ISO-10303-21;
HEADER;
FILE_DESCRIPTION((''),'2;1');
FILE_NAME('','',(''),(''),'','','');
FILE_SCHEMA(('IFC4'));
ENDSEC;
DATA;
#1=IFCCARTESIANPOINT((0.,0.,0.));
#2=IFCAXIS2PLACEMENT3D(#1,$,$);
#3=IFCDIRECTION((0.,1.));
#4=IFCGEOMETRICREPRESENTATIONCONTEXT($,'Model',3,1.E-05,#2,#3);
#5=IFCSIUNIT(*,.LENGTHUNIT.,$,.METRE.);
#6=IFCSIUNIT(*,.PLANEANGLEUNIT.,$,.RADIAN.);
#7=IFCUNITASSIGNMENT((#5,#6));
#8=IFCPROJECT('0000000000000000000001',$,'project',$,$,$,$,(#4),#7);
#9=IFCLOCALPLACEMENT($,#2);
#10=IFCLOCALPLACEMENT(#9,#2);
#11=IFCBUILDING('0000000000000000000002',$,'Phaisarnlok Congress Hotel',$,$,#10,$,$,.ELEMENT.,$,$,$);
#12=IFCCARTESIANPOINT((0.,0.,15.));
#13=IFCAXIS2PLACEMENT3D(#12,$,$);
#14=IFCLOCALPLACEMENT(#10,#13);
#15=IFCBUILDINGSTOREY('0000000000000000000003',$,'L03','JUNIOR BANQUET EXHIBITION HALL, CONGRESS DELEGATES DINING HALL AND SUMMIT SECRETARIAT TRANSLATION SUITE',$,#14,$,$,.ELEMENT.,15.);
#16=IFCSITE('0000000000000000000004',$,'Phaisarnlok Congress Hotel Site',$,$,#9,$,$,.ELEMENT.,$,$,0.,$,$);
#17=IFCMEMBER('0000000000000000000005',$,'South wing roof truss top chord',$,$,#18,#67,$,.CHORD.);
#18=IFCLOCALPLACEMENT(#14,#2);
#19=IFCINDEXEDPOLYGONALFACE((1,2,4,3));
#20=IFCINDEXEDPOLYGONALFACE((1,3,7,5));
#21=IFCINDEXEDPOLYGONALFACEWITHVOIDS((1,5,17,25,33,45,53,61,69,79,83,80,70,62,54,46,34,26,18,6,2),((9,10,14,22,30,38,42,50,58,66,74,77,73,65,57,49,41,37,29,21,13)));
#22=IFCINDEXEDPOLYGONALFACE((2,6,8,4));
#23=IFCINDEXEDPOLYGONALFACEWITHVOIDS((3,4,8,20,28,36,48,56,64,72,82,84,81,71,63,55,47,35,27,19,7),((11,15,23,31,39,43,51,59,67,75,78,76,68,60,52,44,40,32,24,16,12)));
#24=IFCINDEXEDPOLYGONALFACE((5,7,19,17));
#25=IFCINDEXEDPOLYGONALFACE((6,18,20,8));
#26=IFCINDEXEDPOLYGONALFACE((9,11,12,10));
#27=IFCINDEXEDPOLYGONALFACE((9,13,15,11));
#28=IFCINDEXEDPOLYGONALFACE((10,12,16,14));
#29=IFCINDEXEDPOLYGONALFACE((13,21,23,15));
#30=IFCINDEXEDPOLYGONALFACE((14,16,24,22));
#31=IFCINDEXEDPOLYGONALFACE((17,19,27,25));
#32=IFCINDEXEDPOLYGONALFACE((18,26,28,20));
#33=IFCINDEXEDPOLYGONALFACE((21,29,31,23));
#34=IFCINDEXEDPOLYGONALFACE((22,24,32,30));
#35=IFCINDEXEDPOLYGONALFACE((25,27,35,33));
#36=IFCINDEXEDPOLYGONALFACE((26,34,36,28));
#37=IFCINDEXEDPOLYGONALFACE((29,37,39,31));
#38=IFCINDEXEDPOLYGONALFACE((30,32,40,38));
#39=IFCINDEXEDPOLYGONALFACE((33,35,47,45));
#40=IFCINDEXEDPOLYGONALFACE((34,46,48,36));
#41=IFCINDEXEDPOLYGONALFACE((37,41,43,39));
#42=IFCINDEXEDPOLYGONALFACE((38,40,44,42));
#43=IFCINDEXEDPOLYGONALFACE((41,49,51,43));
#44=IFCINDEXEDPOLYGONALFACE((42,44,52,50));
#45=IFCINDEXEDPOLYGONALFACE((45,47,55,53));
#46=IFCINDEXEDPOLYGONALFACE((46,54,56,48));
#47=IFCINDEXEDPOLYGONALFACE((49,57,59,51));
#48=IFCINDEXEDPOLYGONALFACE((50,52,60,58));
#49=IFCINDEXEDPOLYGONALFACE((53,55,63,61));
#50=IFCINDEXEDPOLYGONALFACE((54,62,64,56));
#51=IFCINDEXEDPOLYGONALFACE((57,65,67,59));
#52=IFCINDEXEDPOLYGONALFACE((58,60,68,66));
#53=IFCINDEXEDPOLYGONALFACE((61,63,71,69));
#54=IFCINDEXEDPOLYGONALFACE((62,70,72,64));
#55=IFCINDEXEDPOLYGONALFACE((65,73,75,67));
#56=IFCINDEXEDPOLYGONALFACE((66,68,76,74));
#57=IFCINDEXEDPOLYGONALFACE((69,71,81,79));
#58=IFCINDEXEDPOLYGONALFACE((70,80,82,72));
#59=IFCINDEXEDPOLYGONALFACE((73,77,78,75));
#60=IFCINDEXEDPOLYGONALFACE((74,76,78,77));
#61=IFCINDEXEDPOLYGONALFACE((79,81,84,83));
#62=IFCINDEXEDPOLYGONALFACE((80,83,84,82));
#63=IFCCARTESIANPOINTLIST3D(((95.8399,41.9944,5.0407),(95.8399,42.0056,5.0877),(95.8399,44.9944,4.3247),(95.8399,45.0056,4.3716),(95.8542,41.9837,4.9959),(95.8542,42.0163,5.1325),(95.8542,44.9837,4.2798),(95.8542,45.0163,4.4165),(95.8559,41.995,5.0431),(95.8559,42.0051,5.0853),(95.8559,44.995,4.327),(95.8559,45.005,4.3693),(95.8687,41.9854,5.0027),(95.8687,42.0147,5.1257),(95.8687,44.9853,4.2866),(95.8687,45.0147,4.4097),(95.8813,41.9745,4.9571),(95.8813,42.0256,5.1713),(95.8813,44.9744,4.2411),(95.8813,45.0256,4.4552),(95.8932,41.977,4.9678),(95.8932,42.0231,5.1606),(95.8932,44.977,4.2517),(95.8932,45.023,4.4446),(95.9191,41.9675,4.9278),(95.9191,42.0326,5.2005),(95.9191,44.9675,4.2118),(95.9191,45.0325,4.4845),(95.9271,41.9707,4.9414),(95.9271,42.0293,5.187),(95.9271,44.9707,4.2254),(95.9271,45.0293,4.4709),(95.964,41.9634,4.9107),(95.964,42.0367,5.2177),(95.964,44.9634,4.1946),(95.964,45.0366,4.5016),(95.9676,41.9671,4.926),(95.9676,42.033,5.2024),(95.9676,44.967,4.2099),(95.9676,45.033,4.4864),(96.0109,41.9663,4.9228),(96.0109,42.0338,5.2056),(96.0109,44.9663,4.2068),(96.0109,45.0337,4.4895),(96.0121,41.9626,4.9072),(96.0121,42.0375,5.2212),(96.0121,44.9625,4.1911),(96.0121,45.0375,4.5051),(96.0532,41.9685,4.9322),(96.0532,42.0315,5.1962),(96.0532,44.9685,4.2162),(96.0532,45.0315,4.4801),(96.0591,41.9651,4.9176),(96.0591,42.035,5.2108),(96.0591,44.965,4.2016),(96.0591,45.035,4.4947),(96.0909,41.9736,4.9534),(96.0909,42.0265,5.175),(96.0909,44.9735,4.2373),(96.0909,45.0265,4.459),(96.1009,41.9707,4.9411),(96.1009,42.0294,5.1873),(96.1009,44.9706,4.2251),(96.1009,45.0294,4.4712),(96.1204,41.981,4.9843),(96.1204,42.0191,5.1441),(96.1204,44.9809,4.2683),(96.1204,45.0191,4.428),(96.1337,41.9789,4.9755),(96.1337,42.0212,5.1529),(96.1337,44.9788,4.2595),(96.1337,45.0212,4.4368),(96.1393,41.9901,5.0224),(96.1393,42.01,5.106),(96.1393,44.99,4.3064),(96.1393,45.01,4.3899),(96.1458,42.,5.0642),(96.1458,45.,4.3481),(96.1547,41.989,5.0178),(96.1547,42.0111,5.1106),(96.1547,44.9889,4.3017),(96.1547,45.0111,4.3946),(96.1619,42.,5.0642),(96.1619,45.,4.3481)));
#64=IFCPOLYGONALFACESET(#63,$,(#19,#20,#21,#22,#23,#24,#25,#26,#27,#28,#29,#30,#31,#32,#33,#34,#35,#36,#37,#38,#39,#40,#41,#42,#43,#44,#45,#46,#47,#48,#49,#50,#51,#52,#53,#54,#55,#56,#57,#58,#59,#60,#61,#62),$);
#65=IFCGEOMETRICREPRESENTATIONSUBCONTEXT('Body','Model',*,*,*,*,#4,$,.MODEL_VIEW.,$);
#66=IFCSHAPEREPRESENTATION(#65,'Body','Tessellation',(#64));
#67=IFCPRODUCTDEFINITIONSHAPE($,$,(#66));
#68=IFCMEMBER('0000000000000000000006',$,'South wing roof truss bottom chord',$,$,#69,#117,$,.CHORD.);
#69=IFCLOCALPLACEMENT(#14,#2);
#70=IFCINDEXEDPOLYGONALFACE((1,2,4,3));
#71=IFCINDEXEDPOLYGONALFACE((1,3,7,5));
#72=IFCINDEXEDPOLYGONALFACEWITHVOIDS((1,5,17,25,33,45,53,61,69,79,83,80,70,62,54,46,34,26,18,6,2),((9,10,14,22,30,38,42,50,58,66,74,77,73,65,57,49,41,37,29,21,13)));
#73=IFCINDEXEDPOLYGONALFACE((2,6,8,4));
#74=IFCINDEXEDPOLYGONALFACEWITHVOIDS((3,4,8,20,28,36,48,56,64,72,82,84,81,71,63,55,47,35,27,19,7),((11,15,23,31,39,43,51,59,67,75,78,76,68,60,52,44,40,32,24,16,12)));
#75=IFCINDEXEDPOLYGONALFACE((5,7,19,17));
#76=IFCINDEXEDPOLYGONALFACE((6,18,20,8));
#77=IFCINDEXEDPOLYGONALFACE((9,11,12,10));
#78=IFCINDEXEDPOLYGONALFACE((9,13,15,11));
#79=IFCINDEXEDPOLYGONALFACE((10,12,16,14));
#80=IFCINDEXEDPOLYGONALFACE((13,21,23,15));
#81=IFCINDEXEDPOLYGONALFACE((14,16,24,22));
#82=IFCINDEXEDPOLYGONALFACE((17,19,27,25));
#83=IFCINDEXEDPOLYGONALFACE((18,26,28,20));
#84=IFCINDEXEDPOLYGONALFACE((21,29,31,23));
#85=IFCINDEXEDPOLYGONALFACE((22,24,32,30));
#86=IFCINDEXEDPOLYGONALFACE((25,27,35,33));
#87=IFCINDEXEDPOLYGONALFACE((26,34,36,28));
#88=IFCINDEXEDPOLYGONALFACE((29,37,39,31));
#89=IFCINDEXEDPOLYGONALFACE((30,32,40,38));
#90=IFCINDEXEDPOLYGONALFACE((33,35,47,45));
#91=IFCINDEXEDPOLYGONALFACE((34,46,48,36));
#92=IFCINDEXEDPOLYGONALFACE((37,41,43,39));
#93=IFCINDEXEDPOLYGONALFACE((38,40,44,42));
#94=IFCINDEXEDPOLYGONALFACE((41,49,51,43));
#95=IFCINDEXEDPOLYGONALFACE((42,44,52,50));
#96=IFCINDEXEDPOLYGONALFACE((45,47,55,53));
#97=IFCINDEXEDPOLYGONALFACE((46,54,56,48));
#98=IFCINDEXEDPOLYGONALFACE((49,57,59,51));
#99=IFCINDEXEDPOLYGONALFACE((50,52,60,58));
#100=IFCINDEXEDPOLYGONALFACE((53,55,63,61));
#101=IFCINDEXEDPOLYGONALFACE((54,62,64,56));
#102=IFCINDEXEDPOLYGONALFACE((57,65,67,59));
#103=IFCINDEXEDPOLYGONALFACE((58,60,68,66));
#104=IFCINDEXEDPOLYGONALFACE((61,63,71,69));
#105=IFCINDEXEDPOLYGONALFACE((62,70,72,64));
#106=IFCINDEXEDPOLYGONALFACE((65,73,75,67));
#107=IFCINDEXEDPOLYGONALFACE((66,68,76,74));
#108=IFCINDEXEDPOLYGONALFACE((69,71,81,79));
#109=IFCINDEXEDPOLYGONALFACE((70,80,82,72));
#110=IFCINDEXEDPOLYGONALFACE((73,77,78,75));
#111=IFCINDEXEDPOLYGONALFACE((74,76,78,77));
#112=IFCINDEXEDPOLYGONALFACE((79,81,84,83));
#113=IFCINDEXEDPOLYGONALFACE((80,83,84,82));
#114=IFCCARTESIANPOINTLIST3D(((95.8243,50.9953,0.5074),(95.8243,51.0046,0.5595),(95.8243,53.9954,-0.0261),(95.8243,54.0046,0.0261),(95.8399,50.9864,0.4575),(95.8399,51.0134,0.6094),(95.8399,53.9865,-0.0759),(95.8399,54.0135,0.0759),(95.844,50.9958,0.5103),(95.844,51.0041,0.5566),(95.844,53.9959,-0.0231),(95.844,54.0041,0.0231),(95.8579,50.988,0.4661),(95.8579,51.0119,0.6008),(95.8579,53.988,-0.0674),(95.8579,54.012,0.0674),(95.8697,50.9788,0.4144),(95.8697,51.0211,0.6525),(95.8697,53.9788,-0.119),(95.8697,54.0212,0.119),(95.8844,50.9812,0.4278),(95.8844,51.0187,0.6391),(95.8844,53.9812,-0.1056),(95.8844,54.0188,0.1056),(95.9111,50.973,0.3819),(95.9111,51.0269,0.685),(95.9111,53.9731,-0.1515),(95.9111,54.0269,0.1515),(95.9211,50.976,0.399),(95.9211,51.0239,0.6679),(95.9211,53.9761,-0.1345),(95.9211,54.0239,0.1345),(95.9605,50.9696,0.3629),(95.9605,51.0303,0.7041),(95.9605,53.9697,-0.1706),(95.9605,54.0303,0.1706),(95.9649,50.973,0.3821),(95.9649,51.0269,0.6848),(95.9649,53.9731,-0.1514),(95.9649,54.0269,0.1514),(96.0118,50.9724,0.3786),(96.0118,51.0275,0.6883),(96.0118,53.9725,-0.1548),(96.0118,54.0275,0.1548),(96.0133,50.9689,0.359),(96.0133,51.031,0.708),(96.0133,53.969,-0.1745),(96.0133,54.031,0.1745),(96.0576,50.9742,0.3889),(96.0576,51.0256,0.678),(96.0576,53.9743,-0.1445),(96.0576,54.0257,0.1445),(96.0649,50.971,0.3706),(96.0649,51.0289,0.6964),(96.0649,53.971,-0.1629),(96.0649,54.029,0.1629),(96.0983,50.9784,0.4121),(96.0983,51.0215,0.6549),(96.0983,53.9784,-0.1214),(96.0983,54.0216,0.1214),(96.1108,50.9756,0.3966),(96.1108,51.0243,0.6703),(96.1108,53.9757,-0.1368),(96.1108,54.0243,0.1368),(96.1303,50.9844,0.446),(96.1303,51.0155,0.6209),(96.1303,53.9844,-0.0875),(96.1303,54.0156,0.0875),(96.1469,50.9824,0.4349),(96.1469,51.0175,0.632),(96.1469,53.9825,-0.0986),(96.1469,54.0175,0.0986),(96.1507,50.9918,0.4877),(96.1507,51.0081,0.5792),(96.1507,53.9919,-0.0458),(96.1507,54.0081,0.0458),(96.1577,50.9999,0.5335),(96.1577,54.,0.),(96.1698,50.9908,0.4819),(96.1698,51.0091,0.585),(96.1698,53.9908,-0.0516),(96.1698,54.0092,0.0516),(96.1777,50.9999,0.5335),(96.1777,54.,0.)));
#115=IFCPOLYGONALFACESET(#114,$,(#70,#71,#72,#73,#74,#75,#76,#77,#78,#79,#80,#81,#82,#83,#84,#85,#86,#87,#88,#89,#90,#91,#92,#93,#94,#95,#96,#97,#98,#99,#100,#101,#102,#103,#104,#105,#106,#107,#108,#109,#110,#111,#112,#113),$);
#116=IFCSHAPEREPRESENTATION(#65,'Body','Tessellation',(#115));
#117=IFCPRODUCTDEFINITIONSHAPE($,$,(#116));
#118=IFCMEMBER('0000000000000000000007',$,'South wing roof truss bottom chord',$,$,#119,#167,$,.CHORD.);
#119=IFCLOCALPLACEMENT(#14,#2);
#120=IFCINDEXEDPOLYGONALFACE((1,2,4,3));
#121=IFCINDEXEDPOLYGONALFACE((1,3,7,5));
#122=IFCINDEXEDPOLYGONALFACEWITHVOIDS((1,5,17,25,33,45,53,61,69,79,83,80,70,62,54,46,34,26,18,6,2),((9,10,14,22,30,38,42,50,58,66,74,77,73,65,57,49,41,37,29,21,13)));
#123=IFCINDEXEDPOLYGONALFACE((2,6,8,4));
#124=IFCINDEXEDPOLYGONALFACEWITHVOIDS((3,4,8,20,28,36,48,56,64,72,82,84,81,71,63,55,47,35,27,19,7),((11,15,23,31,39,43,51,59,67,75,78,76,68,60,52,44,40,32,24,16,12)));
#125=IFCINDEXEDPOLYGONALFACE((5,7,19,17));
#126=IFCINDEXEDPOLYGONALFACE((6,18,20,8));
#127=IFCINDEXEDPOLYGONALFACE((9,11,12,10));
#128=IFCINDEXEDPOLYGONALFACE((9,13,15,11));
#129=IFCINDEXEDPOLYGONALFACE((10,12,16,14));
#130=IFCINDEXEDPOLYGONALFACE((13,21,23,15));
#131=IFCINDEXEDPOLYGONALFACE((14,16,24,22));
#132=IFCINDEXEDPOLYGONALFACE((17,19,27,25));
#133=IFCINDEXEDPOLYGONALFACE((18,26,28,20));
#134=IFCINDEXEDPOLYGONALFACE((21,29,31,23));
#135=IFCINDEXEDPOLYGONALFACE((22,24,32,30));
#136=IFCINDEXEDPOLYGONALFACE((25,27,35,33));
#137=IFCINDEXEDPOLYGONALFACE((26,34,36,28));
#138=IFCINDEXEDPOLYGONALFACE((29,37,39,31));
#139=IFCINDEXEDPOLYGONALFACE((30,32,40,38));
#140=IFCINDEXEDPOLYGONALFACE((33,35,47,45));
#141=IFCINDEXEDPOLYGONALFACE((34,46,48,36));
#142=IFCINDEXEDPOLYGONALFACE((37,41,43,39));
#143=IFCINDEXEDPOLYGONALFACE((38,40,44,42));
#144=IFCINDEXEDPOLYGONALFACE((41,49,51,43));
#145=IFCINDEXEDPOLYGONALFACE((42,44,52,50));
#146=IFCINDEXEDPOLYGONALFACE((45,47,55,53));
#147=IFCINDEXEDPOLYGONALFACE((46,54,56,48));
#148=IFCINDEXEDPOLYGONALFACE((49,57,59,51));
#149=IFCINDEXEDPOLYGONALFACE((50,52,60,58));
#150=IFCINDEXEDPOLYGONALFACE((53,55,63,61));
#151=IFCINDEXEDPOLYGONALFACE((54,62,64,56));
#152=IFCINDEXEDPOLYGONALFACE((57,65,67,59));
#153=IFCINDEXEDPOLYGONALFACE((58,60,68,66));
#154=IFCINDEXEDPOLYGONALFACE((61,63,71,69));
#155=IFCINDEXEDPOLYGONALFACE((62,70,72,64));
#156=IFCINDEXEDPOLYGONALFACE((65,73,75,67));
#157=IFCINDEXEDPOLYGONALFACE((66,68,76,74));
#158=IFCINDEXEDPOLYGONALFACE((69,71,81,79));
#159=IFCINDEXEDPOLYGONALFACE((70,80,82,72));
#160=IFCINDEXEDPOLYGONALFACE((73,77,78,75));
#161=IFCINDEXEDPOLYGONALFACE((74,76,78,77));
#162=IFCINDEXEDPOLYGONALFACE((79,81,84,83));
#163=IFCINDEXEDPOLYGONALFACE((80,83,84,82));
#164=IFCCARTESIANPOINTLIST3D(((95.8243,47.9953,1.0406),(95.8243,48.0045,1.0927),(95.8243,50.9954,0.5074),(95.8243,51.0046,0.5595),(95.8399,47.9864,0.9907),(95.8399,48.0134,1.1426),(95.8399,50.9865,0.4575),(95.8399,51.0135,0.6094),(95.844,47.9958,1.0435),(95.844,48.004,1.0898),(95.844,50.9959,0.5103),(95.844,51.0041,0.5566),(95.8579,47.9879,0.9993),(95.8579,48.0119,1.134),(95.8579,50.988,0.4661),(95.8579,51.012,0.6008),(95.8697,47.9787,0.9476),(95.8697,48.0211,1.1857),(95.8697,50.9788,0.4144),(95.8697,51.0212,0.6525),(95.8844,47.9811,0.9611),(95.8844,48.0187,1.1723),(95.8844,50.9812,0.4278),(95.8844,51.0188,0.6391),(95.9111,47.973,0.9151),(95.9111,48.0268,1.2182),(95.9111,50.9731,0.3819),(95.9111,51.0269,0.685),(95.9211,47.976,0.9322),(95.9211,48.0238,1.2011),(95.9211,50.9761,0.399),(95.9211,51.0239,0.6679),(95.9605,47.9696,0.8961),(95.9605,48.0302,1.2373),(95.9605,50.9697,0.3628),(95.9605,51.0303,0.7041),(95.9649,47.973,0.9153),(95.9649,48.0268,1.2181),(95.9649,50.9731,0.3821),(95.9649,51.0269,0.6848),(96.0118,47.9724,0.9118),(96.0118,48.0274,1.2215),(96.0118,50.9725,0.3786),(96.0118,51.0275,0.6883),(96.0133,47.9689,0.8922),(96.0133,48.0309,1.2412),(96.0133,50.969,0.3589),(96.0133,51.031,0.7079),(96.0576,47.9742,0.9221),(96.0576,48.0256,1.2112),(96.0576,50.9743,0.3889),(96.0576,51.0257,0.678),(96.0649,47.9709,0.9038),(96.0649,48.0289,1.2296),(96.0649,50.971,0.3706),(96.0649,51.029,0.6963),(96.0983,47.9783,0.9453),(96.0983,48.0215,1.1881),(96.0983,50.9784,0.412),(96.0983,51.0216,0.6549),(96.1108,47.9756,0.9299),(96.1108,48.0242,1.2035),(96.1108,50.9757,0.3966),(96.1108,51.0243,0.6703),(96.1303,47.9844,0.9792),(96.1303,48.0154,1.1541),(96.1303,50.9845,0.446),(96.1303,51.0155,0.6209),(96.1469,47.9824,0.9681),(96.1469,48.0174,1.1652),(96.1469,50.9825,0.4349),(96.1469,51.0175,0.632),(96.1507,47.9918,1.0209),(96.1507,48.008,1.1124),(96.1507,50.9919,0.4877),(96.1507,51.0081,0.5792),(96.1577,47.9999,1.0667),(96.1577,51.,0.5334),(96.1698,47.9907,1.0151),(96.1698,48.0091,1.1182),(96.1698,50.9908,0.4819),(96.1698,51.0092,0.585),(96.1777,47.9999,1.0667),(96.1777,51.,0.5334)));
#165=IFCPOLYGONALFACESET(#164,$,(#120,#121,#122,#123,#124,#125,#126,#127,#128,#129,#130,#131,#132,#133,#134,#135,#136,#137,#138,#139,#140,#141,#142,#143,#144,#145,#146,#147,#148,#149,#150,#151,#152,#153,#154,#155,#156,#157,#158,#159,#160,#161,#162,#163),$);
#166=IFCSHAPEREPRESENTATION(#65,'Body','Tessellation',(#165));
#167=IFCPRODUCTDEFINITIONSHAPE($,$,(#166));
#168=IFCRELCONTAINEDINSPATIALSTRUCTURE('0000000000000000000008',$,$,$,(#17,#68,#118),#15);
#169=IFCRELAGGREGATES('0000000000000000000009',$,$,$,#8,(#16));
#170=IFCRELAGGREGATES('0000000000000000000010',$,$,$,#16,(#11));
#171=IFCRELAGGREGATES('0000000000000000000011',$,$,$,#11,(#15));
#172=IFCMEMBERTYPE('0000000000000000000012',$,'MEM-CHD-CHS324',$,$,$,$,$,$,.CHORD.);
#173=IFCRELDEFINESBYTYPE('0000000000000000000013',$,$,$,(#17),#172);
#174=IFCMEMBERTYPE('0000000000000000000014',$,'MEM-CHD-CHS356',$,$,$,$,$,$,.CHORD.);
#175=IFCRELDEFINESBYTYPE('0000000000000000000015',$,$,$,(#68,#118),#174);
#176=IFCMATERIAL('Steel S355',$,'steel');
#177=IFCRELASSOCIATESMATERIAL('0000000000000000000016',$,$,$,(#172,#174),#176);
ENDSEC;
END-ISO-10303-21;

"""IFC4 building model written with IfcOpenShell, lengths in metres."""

from ifc_helpers import new_model, si_unit, direction, frame, origin, origin_2d, place, context, subcontext, project, spatial, hollow_circle, extrude, material, material_profile, profile_set, type_object, element, save


model = new_model("IFC4")

# Units and contexts
model_context = context("Model", 3, precision=1e-05, world=origin(), true_north=direction((0.0, 1.0)))
body_context = subcontext(model_context, "Body", "Model", "MODEL_VIEW")
ifc_project = project(units=[si_unit("LENGTHUNIT", "METRE"), si_unit("PLANEANGLEUNIT", "RADIAN")], contexts=[model_context])

# Site, building, storey
site_placement = place(None, origin())
site = spatial("IfcSite", under=ifc_project, at=site_placement, Name="Phaisarnlok Congress Hotel Site", CompositionType="ELEMENT", RefElevation=0.0)
building_placement = place(site_placement, origin())
building = spatial("IfcBuilding", under=site, at=building_placement, Name="Phaisarnlok Congress Hotel", CompositionType="ELEMENT")
storey_placement = place(building_placement, frame((0.0, 0.0, 15.0)))
storey = spatial("IfcBuildingStorey", under=building, at=storey_placement, Name="L03", Description="JUNIOR BANQUET EXHIBITION HALL, CONGRESS DELEGATES DINING HALL AND SUMMIT SECRETARIAT TRANSLATION SUITE", CompositionType="ELEMENT", Elevation=15.0)

# Shared definitions
ifc_material_1 = material(Name="Steel S355", Category="steel")

# Members
ifc_material_profile_1 = material_profile(ifc_material_1, hollow_circle(Radius=0.1619, WallThickness=0.0161, at=origin_2d()), Name="CHS 323.9x16")
ifc_profile_set_1 = profile_set([ifc_material_profile_1], Name="Steel S355")
member_type_1 = type_object("IfcMemberType", Name="MEM-CHD-CHS324", PredefinedType="CHORD", material=ifc_profile_set_1)
for number, where, z_axis, x_axis, name in (
    (1, (96.0, 45.0, 4.3481), (0.0, -0.972676, 0.232166), (1.0, 0.0, 0.0), "South wing roof truss top chord"),
):
    element("IfcMember", number, at=place(storey_placement, frame(where, z_axis=z_axis, x_axis=x_axis)), inside=storey, type_object=member_type_1, Name=name, PredefinedType="CHORD", context=body_context, shape_type="SweptSolid", body=[
        extrude(hollow_circle(Radius=0.1619, WallThickness=0.0161, at=origin_2d()), origin(), (0.0, 0.0, 1.0), 3.0842),
    ])
ifc_material_profile_2 = material_profile(ifc_material_1, hollow_circle(Radius=0.1777, WallThickness=0.02, at=origin_2d()), Name="CHS 355.6x20")
ifc_profile_set_2 = profile_set([ifc_material_profile_2], Name="Steel S355")
member_type_2 = type_object("IfcMemberType", Name="MEM-CHD-CHS356", PredefinedType="CHORD", material=ifc_profile_set_2)
for number, where, z_axis, x_axis, name in (
    (2, (96.0, 54.0, 0.0), (0.0, -0.984556, 0.17507), (1.0, 0.0, 0.0), "South wing roof truss bottom chord"),
    (3, (96.0, 51.0, 0.5334), (0.0, -0.98457, 0.174992), (1.0, 0.0, 0.0), "South wing roof truss bottom chord"),
):
    element("IfcMember", number, at=place(storey_placement, frame(where, z_axis=z_axis, x_axis=x_axis)), inside=storey, type_object=member_type_2, Name=name, PredefinedType="CHORD", context=body_context, shape_type="SweptSolid", body=[
        extrude(hollow_circle(Radius=0.1777, WallThickness=0.02, at=origin_2d()), origin(), (0.0, 0.0, 1.0), 3.0471),
    ])

save(model, "model.ifc")
